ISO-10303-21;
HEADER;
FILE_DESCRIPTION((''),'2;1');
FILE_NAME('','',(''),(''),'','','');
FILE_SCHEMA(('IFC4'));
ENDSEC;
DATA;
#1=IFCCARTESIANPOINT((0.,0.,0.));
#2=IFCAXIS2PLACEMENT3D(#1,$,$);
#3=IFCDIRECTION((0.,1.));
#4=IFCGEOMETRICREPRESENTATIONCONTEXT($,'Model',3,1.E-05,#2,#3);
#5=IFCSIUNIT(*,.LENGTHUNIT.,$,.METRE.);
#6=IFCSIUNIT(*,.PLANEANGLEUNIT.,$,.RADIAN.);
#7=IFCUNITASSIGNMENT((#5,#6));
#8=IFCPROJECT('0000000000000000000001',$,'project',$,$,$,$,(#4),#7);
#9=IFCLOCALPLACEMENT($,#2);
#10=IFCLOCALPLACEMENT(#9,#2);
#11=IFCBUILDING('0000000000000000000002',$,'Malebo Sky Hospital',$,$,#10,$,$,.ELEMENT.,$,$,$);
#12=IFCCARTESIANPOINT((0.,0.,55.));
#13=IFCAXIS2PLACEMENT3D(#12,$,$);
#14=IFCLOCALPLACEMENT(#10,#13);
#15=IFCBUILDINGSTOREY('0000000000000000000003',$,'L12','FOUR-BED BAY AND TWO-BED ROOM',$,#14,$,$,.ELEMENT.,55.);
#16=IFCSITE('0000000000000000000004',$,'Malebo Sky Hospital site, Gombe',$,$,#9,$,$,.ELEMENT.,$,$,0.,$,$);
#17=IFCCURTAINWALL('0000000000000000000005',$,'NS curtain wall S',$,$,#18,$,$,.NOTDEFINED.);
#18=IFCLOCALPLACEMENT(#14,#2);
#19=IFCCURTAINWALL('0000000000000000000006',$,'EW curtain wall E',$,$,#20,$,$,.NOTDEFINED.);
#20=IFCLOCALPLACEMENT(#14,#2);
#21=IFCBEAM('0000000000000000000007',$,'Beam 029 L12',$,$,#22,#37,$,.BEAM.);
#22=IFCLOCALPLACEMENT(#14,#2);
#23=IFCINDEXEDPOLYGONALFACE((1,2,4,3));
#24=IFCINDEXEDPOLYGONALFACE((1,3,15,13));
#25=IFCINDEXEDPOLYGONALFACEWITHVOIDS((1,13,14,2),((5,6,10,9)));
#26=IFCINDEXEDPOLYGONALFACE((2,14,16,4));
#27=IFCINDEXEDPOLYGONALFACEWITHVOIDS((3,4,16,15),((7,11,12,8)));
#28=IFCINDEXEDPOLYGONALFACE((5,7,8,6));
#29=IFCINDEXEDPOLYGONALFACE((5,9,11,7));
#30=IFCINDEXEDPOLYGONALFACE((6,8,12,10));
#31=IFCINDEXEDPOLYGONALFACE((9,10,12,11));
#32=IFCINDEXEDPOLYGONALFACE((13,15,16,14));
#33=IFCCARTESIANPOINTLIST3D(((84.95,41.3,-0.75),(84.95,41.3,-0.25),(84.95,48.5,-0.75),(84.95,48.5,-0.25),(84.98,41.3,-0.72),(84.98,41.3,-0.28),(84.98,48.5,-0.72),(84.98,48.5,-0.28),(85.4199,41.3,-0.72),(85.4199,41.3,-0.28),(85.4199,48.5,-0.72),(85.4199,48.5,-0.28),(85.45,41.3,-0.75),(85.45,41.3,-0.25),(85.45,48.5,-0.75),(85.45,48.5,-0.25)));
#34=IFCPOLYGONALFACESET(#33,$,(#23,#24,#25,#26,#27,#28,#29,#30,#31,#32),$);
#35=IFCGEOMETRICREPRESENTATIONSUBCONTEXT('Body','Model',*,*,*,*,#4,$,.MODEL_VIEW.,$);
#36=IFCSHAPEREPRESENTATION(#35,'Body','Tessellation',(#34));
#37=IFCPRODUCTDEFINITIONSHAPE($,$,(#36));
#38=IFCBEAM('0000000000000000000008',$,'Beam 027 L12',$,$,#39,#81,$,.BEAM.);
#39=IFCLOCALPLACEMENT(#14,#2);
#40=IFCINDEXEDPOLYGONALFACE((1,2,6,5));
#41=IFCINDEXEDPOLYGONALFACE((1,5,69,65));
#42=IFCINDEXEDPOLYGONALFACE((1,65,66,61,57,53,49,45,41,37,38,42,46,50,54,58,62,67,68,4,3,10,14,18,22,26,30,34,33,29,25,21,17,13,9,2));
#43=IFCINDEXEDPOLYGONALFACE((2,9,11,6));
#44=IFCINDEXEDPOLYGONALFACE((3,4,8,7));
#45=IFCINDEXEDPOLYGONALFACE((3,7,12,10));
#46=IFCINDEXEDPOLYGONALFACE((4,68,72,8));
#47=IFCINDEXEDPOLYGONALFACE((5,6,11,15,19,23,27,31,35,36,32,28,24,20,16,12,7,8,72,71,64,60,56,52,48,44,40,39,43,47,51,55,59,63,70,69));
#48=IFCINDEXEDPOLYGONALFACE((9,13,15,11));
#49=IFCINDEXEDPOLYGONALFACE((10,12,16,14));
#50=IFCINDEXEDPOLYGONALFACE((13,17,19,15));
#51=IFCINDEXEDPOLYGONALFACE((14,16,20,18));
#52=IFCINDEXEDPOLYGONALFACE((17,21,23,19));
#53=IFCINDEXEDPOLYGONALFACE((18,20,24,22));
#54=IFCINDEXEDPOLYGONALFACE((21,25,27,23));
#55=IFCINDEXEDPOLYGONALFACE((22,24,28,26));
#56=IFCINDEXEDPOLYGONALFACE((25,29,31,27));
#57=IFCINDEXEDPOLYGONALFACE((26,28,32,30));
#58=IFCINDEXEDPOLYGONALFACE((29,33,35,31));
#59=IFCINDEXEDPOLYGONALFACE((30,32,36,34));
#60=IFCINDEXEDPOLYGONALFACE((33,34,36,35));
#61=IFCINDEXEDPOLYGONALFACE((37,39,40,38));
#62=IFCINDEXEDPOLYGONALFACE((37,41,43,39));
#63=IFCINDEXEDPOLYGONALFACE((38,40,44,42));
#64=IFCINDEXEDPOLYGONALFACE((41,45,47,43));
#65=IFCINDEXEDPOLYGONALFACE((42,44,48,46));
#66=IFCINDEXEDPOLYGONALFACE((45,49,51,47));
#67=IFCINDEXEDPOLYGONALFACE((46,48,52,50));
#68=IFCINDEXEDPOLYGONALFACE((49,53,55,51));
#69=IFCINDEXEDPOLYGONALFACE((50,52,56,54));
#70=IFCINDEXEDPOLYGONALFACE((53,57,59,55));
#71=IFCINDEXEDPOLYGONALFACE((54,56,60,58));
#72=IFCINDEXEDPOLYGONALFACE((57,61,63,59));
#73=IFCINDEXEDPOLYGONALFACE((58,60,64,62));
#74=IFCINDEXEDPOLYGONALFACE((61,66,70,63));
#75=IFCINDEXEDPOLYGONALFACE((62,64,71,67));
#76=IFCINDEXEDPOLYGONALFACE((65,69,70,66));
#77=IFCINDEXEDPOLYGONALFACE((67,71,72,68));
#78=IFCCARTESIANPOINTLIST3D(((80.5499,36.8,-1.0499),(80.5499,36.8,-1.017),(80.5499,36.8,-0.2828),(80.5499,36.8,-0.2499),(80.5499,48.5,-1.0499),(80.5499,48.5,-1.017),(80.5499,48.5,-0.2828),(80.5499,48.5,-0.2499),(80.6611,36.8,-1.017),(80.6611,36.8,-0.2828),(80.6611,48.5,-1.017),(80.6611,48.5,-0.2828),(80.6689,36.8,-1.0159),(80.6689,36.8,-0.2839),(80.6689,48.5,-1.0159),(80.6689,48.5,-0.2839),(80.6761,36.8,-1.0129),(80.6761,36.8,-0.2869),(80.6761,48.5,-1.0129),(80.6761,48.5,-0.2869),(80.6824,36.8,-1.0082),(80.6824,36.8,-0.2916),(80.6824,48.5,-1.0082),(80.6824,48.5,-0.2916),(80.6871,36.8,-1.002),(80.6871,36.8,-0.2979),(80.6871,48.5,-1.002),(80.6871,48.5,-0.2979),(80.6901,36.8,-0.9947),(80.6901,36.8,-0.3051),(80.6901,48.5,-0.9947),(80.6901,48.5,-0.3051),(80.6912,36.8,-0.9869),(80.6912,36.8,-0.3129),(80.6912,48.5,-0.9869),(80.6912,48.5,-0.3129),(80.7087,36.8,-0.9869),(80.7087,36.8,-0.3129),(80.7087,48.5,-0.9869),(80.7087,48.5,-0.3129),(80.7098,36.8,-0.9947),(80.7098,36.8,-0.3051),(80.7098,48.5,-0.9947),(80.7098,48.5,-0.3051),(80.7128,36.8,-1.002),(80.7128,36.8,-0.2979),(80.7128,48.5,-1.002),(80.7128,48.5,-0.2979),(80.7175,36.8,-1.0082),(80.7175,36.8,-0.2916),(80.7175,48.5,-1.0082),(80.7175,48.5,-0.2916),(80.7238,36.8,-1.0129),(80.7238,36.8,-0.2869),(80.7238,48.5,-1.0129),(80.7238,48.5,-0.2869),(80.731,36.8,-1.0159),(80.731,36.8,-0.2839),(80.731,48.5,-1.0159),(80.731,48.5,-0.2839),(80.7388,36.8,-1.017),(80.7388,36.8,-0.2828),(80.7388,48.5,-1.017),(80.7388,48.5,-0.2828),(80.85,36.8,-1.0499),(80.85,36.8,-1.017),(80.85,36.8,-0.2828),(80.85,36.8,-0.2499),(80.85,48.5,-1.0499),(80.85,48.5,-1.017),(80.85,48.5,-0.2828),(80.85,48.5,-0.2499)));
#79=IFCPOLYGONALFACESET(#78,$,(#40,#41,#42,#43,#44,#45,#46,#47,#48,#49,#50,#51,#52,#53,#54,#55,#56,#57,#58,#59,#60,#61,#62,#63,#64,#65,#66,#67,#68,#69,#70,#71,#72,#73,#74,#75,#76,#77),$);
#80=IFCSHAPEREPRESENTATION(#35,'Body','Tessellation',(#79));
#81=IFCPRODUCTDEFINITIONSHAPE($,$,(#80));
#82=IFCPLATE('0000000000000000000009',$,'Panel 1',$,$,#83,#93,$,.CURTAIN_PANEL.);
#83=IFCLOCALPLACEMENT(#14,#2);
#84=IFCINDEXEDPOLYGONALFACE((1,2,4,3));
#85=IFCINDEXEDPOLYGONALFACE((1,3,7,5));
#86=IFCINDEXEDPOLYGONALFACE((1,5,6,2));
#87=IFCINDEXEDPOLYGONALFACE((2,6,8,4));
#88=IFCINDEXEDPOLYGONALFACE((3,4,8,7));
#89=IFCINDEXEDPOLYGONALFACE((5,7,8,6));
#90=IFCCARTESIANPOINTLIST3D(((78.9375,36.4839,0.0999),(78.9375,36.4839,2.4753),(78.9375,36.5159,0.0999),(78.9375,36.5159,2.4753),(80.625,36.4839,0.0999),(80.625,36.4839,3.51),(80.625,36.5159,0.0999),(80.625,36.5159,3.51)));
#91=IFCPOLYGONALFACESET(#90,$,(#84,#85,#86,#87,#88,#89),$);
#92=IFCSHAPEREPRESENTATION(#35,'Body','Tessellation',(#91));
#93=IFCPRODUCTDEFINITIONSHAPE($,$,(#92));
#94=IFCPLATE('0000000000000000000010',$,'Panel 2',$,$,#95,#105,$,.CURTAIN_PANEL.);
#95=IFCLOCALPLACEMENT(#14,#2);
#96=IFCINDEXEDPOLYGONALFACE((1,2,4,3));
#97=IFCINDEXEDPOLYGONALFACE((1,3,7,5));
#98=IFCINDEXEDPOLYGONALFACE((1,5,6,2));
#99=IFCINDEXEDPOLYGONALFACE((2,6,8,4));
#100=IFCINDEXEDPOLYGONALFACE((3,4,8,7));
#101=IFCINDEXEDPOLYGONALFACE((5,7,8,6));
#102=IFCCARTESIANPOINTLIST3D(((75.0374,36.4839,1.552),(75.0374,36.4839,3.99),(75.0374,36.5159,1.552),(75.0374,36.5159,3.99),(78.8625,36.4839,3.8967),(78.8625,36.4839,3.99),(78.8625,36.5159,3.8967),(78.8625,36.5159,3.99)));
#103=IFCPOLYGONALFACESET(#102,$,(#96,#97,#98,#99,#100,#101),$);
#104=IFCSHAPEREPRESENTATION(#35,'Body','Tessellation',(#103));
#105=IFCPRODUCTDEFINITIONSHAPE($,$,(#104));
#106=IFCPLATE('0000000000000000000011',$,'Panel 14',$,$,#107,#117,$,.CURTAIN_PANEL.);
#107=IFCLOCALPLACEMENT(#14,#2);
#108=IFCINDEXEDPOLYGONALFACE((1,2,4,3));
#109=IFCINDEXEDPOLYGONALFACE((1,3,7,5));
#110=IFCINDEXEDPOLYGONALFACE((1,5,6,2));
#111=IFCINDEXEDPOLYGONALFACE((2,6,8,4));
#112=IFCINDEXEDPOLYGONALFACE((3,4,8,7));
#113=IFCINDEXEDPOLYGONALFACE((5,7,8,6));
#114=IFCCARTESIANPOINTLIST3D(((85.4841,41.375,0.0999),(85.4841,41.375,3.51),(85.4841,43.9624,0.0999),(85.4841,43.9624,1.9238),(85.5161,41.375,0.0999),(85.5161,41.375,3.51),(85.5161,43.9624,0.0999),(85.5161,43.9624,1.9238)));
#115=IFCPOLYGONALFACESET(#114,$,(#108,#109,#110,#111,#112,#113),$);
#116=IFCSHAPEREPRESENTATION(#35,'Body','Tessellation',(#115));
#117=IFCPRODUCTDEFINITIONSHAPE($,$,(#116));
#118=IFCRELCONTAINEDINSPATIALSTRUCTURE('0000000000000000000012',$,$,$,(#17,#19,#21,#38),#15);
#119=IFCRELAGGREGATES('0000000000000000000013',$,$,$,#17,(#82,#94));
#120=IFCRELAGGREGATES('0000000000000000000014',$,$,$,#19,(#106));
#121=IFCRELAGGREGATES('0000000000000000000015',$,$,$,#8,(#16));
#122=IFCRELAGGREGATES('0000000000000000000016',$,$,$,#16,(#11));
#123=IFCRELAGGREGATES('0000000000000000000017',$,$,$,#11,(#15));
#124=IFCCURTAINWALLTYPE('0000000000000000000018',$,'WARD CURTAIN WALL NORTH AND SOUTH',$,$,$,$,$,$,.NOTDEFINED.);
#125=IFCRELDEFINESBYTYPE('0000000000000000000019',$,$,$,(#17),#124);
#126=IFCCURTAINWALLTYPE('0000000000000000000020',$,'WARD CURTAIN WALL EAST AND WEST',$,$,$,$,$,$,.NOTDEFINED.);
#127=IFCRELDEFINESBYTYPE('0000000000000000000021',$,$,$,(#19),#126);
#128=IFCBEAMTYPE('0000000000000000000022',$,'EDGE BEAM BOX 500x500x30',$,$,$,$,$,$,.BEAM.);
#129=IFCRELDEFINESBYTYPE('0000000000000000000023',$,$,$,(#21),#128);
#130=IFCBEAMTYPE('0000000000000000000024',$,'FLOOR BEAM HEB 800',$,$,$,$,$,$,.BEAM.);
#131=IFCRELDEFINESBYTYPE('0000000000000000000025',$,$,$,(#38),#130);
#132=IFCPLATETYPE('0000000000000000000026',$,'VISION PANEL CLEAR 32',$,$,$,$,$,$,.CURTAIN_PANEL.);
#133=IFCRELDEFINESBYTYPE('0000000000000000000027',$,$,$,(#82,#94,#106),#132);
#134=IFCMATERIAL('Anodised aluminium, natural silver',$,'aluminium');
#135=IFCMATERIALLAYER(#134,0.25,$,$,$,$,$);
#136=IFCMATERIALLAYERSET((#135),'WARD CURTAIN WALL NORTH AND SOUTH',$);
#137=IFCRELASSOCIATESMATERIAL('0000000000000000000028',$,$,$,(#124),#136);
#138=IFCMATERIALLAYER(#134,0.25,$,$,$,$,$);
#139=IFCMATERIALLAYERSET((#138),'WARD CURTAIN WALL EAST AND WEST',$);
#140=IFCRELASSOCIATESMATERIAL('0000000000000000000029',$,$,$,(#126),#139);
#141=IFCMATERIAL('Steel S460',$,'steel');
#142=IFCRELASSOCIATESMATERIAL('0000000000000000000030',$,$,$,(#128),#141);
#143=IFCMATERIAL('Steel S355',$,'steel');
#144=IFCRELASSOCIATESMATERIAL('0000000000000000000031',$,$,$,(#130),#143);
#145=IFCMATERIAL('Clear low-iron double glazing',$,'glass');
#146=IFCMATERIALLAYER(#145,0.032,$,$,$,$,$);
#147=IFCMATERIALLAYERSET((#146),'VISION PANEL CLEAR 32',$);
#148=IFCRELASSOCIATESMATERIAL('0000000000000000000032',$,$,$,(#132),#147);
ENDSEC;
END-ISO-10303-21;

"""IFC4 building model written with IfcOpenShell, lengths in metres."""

from ifc_helpers import new_model, si_unit, direction, frame, origin, origin_2d, place, context, subcontext, project, spatial, polyline, hollow_rectangle, i_section, outline, extrude, material, layer, layer_set, material_profile, profile_set, type_object, element, aggregate, save


model = new_model("IFC4")

# Units and contexts
model_context = context("Model", 3, precision=1e-05, world=origin(), true_north=direction((0.0, 1.0)))
body_context = subcontext(model_context, "Body", "Model", "MODEL_VIEW")
ifc_project = project(units=[si_unit("LENGTHUNIT", "METRE"), si_unit("PLANEANGLEUNIT", "RADIAN")], contexts=[model_context])

# Site, building, storey
site_placement = place(None, origin())
site = spatial("IfcSite", under=ifc_project, at=site_placement, Name="Malebo Sky Hospital site, Gombe", CompositionType="ELEMENT", RefElevation=0.0)
building_placement = place(site_placement, origin())
building = spatial("IfcBuilding", under=site, at=building_placement, Name="Malebo Sky Hospital", CompositionType="ELEMENT")
storey_placement = place(building_placement, frame((0.0, 0.0, 55.0)))
storey = spatial("IfcBuildingStorey", under=building, at=storey_placement, Name="L12", Description="FOUR-BED BAY AND TWO-BED ROOM", CompositionType="ELEMENT", Elevation=55.0)

# Shared definitions
ifc_material_1 = material(Name="Steel S460", Category="steel")

# Curtain wall
ifc_material_2 = material(Name="Anodised aluminium, natural silver", Category="aluminium")
ifc_layer_1 = layer(ifc_material_2, 0.25)
ifc_layer_set_1 = layer_set([ifc_layer_1], Name="WARD CURTAIN WALL NORTH AND SOUTH")
curtain_wall_type_1 = type_object("IfcCurtainWallType", Name="WARD CURTAIN WALL NORTH AND SOUTH", PredefinedType="NOTDEFINED", material=ifc_layer_set_1)
curtain_wall_1_placement = place(storey_placement, origin())
curtain_wall_1 = element("IfcCurtainWall", 1, at=curtain_wall_1_placement, inside=storey, type_object=curtain_wall_type_1, Name="NS curtain wall S", PredefinedType="NOTDEFINED")

# Curtain wall
ifc_layer_2 = layer(ifc_material_2, 0.25)
ifc_layer_set_2 = layer_set([ifc_layer_2], Name="WARD CURTAIN WALL EAST AND WEST")
curtain_wall_type_2 = type_object("IfcCurtainWallType", Name="WARD CURTAIN WALL EAST AND WEST", PredefinedType="NOTDEFINED", material=ifc_layer_set_2)
curtain_wall_2_placement = place(storey_placement, origin())
curtain_wall_2 = element("IfcCurtainWall", 2, at=curtain_wall_2_placement, inside=storey, type_object=curtain_wall_type_2, Name="EW curtain wall E", PredefinedType="NOTDEFINED")

# Beams
ifc_material_profile_1 = material_profile(ifc_material_1, hollow_rectangle(XDim=0.5, YDim=0.5, WallThickness=0.03, at=origin_2d()), Name="BOX 500x500x30")
ifc_profile_set_1 = profile_set([ifc_material_profile_1], Name="Steel S460")
beam_type_1 = type_object("IfcBeamType", Name="EDGE BEAM BOX 500x500x30", PredefinedType="BEAM", material=ifc_profile_set_1)
beam_1_placement = place(storey_placement, frame((85.2, 41.3, -0.5), z_axis=(0.0, 1.0, 0.0), x_axis=(-1.0, 0.0, 0.0)))
element("IfcBeam", 3, at=beam_1_placement, inside=storey, type_object=beam_type_1, Name="Beam 029 L12", PredefinedType="BEAM", context=body_context, shape_type="SweptSolid", body=[
    extrude(hollow_rectangle(XDim=0.5, YDim=0.5, WallThickness=0.03, at=origin_2d()), origin(), (0.0, 0.0, 1.0), 7.2),
])
ifc_material_3 = material(Name="Steel S355", Category="steel")
ifc_material_profile_2 = material_profile(ifc_material_3, i_section(OverallWidth=0.3, OverallDepth=0.8, WebThickness=0.0176, FlangeThickness=0.033, FilletRadius=0.03, at=origin_2d()), Name="HEB 800")
ifc_profile_set_2 = profile_set([ifc_material_profile_2], Name="Steel S355")
beam_type_2 = type_object("IfcBeamType", Name="FLOOR BEAM HEB 800", PredefinedType="BEAM", material=ifc_profile_set_2)
beam_2_placement = place(storey_placement, frame((80.7, 36.8, -0.6499), z_axis=(0.0, 1.0, 0.0), x_axis=(-1.0, 0.0, 0.0)))
element("IfcBeam", 4, at=beam_2_placement, inside=storey, type_object=beam_type_2, Name="Beam 027 L12", PredefinedType="BEAM", context=body_context, shape_type="SweptSolid", body=[
    extrude(i_section(OverallWidth=0.3, OverallDepth=0.8, WebThickness=0.0176, FlangeThickness=0.033, FilletRadius=0.03, at=origin_2d()), origin(), (0.0, 0.0, 1.0), 11.7),
])

# Plates
ifc_material_4 = material(Name="Clear low-iron double glazing", Category="glass")
ifc_layer_3 = layer(ifc_material_4, 0.032)
ifc_layer_set_3 = layer_set([ifc_layer_3], Name="VISION PANEL CLEAR 32")
plate_type = type_object("IfcPlateType", Name="VISION PANEL CLEAR 32", PredefinedType="CURTAIN_PANEL", material=ifc_layer_set_3)
plate_1_placement = place(storey_placement, frame((79.7812, 36.5, 0.0999), z_axis=(0.0, 0.0, 1.0), x_axis=(-1.0, 0.0, 0.0)))
plate_1 = element("IfcPlate", 5, at=plate_1_placement, type_object=plate_type, Name="Panel 1", PredefinedType="CURTAIN_PANEL", context=body_context, shape_type="SweptSolid", body=[
    extrude(outline(polyline([(-0.8438, 0.0), (0.8438, 0.0), (0.8438, 2.3755), (-0.8438, 3.4102), (-0.8438, 0.0)])), frame((0.0, 0.0161, 0.0), z_axis=(0.0, -1.0, 0.0), x_axis=(1.0, 0.0, 0.0)), (0.0, 0.0, 1.0), 0.032),
])
plate_2_placement = place(storey_placement, frame((76.95, 36.5, 1.552), z_axis=(0.0, 0.0, 1.0), x_axis=(-1.0, 0.0, 0.0)))
plate_2 = element("IfcPlate", 6, at=plate_2_placement, type_object=plate_type, Name="Panel 2", PredefinedType="CURTAIN_PANEL", context=body_context, shape_type="SweptSolid", body=[
    extrude(outline(polyline([(1.9126, 0.0), (1.9126, 2.438), (-1.9126, 2.438), (-1.9126, 2.3447), (1.9126, 0.0)])), frame((0.0, 0.0161, 0.0), z_axis=(0.0, -1.0, 0.0), x_axis=(1.0, 0.0, 0.0)), (0.0, 0.0, 1.0), 0.032),
])
aggregate(curtain_wall_1, [plate_1, plate_2])
plate_3_placement = place(storey_placement, frame((85.5, 42.6687, 0.0999), z_axis=(0.0, 0.0, 1.0), x_axis=(0.0, -1.0, 0.0)))
plate_3 = element("IfcPlate", 7, at=plate_3_placement, type_object=plate_type, Name="Panel 14", PredefinedType="CURTAIN_PANEL", context=body_context, shape_type="SweptSolid", body=[
    extrude(outline(polyline([(-1.2937, 0.0), (1.2937, 0.0), (1.2937, 3.4102), (-1.2937, 1.824), (-1.2937, 0.0)])), frame((0.0, 0.0161, 0.0), z_axis=(0.0, -1.0, 0.0), x_axis=(1.0, 0.0, 0.0)), (0.0, 0.0, 1.0), 0.032),
])
aggregate(curtain_wall_2, [plate_3])

save(model, "model.ifc")
